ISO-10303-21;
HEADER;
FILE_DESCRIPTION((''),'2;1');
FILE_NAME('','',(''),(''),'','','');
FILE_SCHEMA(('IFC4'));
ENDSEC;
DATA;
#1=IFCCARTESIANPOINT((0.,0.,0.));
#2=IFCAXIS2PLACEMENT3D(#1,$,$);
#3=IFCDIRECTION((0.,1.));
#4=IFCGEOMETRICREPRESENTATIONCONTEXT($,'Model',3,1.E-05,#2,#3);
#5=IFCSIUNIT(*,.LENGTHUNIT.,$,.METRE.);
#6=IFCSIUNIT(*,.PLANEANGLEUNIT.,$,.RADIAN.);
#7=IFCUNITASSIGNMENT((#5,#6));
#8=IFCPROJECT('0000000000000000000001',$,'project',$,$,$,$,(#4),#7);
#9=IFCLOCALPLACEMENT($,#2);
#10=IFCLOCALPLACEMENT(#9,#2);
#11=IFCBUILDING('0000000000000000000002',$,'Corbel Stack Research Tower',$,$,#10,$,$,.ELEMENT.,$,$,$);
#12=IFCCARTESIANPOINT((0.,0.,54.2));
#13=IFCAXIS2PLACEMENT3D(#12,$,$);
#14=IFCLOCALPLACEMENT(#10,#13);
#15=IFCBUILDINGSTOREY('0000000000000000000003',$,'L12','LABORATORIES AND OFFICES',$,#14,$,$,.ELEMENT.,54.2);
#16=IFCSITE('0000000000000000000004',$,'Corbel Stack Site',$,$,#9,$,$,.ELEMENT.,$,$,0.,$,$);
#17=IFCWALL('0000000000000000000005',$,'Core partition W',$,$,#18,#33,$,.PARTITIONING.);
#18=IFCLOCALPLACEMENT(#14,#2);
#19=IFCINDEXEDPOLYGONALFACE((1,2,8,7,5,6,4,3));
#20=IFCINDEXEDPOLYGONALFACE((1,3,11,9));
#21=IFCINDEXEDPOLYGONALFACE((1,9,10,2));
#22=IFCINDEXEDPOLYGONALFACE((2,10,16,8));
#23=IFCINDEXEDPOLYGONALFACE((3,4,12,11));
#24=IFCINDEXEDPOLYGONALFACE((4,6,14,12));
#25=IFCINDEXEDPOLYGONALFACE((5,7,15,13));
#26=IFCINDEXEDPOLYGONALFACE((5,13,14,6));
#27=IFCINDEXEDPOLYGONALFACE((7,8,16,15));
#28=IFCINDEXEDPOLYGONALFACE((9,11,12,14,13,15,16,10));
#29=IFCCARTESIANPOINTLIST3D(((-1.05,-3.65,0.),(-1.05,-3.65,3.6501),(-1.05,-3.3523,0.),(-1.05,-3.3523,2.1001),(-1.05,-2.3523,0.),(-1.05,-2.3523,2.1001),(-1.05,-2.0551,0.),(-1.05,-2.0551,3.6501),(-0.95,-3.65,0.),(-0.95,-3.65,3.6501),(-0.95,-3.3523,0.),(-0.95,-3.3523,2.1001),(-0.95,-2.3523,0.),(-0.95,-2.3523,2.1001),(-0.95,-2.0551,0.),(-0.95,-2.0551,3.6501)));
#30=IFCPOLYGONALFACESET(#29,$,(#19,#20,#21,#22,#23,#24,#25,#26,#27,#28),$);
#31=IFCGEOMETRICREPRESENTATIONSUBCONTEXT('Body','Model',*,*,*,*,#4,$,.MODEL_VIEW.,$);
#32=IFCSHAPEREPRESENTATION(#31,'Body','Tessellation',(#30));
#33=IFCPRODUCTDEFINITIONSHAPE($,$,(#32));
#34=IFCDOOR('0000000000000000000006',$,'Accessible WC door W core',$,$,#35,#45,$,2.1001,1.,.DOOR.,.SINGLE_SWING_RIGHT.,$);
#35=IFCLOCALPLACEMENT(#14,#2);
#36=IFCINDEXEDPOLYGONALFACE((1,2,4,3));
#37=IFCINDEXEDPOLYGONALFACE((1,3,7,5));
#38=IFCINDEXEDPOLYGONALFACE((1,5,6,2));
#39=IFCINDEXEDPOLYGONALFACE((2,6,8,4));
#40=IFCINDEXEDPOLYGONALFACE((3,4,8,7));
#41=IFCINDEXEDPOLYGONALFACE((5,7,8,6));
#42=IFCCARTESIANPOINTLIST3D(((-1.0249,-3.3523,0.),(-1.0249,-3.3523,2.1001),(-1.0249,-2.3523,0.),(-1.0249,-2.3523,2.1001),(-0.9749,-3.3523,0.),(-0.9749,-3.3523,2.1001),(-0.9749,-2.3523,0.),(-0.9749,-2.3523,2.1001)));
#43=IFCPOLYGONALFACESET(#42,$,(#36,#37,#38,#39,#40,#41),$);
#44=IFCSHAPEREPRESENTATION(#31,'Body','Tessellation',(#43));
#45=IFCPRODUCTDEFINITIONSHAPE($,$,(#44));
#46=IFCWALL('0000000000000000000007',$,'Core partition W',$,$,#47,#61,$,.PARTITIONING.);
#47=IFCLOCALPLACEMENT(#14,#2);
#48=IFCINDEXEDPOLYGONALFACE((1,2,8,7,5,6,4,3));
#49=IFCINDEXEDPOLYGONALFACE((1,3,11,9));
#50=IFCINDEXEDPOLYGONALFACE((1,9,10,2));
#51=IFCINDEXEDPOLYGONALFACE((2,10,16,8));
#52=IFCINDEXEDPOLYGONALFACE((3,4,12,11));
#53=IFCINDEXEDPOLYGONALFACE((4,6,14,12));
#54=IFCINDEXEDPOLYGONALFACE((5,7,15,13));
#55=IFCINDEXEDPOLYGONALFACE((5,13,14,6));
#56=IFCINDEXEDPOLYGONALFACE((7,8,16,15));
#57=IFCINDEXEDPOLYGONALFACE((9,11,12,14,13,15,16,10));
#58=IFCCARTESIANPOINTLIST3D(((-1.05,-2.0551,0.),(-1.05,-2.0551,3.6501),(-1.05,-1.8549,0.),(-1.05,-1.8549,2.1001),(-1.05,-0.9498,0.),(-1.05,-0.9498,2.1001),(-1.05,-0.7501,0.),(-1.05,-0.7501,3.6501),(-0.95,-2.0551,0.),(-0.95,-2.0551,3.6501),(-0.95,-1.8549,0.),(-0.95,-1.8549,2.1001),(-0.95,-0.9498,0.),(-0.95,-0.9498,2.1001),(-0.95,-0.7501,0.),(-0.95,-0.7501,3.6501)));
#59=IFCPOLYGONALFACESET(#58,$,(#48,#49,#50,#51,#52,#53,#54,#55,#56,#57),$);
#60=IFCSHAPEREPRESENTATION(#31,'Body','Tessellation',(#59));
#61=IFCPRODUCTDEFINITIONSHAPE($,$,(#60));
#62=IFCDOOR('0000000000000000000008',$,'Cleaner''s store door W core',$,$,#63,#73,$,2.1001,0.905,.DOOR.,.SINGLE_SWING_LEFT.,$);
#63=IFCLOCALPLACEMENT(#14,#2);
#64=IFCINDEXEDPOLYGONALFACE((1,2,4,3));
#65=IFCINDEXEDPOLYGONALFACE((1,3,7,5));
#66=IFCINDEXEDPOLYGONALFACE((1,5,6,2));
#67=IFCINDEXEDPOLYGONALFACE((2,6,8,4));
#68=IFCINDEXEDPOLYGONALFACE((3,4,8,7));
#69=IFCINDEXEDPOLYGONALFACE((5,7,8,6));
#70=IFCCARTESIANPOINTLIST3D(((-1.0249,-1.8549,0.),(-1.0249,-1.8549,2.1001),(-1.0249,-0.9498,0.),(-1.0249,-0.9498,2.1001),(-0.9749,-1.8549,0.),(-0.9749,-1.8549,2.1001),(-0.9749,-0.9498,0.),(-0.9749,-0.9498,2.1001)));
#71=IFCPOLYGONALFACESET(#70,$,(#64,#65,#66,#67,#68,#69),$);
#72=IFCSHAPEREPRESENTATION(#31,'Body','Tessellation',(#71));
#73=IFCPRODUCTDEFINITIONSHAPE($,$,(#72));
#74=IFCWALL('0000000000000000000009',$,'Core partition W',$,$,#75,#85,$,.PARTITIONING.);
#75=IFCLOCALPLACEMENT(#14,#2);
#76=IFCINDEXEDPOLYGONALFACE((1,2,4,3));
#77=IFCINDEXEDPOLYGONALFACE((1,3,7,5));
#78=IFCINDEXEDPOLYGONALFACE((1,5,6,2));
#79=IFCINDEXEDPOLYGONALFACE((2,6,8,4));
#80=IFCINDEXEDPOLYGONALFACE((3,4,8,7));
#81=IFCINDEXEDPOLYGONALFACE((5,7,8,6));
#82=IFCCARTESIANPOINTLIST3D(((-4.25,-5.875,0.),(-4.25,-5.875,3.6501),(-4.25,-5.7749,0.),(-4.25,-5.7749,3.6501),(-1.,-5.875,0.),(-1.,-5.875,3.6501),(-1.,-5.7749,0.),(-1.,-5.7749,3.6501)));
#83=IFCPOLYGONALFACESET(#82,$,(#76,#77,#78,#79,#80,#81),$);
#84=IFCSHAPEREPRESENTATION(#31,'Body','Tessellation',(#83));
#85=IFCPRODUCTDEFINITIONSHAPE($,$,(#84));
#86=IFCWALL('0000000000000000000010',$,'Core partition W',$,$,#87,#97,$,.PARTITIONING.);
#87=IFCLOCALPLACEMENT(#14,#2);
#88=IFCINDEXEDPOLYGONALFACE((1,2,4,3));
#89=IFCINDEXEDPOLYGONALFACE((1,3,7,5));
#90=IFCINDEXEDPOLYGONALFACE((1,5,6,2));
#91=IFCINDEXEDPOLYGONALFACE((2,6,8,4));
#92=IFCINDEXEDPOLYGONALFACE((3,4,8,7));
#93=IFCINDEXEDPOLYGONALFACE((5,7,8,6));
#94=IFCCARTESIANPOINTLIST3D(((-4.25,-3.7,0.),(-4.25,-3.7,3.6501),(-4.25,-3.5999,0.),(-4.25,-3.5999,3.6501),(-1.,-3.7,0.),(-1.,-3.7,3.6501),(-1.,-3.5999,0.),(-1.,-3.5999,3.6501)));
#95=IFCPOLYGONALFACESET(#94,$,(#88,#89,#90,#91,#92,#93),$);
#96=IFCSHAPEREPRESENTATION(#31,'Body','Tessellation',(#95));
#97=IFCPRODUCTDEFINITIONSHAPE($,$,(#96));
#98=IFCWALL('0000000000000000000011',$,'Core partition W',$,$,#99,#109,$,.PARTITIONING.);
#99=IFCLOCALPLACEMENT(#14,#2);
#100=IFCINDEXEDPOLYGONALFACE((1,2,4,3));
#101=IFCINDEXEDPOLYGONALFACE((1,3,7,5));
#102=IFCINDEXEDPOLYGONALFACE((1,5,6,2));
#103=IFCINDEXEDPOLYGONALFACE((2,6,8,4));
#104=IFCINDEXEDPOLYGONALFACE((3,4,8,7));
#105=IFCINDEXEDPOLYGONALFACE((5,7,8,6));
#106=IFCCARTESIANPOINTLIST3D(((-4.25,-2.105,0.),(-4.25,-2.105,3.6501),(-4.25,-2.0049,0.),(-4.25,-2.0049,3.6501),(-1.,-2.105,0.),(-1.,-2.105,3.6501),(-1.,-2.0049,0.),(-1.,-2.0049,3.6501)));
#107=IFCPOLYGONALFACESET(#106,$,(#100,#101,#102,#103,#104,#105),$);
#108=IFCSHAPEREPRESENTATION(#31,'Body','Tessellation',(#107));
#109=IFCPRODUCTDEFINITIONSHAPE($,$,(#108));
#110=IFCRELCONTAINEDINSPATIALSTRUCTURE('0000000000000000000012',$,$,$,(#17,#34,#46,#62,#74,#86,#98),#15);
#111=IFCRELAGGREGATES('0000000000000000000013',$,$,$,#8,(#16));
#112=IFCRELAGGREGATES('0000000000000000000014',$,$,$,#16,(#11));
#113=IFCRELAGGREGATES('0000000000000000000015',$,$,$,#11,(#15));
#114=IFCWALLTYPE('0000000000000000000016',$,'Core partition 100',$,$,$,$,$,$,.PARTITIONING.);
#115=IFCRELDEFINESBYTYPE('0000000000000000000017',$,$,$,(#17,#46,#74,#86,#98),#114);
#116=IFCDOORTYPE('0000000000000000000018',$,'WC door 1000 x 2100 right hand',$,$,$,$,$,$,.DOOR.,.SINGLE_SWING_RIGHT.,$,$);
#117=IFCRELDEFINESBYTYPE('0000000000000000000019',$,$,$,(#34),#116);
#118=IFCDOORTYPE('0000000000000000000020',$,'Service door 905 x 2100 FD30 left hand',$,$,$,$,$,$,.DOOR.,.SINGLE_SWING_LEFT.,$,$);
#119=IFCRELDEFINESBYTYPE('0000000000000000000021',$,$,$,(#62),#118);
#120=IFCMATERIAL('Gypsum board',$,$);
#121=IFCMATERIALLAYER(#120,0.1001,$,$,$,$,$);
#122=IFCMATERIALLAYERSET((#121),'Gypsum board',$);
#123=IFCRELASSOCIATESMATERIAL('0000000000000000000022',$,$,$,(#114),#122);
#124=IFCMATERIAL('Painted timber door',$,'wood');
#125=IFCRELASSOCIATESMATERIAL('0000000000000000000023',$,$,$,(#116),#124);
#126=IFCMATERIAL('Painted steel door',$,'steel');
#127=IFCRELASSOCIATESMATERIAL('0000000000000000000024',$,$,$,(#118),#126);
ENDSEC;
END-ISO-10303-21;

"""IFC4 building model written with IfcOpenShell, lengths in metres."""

from ifc_helpers import new_model, si_unit, direction, frame, frame_2d, origin, place, context, subcontext, project, spatial, rectangle, extrude, material, layer, layer_set, type_object, element, fill, save


model = new_model("IFC4")

# Units and contexts
model_context = context("Model", 3, precision=1e-05, world=origin(), true_north=direction((0.0, 1.0)))
body_context = subcontext(model_context, "Body", "Model", "MODEL_VIEW")
ifc_project = project(units=[si_unit("LENGTHUNIT", "METRE"), si_unit("PLANEANGLEUNIT", "RADIAN")], contexts=[model_context])

# Site, building, storey
site_placement = place(None, origin())
site = spatial("IfcSite", under=ifc_project, at=site_placement, Name="Corbel Stack Site", CompositionType="ELEMENT", RefElevation=0.0)
building_placement = place(site_placement, origin())
building = spatial("IfcBuilding", under=site, at=building_placement, Name="Corbel Stack Research Tower", CompositionType="ELEMENT")
storey_placement = place(building_placement, frame((0.0, 0.0, 54.2)))
storey = spatial("IfcBuildingStorey", under=building, at=storey_placement, Name="L12", Description="LABORATORIES AND OFFICES", CompositionType="ELEMENT", Elevation=54.2)

# Walls, openings, doors
ifc_material_1 = material(Name="Gypsum board")
ifc_layer_1 = layer(ifc_material_1, 0.1001)
ifc_layer_set_1 = layer_set([ifc_layer_1], Name="Gypsum board")
wall_type_1 = type_object("IfcWallType", Name="Core partition 100", PredefinedType="PARTITIONING", material=ifc_layer_set_1)
ifc_material_2 = material(Name="Painted timber door", Category="wood")
door_type_1 = type_object("IfcDoorType", Name="WC door 1000 x 2100 right hand", OperationType="SINGLE_SWING_RIGHT", PredefinedType="DOOR", material=ifc_material_2)
wall_1_placement = place(storey_placement, frame((-1.0, -3.6499, 0.0), z_axis=(0.0, 0.0, 1.0), x_axis=(0.0, 1.0, 0.0)))
wall_1 = element("IfcWall", 1, at=wall_1_placement, inside=storey, type_object=wall_type_1, Name="Core partition W", PredefinedType="PARTITIONING", context=body_context, shape_type="SweptSolid", body=[
    extrude(rectangle(XDim=1.595, YDim=0.1001, at=frame_2d((0.7974, 0.0))), origin(), (0.0, 0.0, 1.0), 3.6501),
])
opening_1_placement = place(wall_1_placement, frame((0.2976, 0.0, 0.0)))
opening_1 = element("IfcOpeningElement", 2, at=opening_1_placement, cuts=wall_1, PredefinedType="OPENING", context=body_context, shape_type="SweptSolid", body=[
    extrude(rectangle(XDim=1.0, YDim=2.1001, at=frame_2d((0.5, 1.05))), frame((0.0, 0.0601, 0.0), z_axis=(0.0, -1.0, 0.0), x_axis=(1.0, 0.0, 0.0)), (0.0, 0.0, 1.0), 0.1201),
])
door_1_placement = place(opening_1_placement, origin())
door_1 = element("IfcDoor", 3, at=door_1_placement, inside=storey, type_object=door_type_1, Name="Accessible WC door W core", OperationType="SINGLE_SWING_RIGHT", OverallHeight=2.1001, OverallWidth=1.0, PredefinedType="DOOR", context=body_context, shape_type="SweptSolid", body=[
    extrude(rectangle(XDim=1.0, YDim=2.1001, at=frame_2d((0.5, 1.05))), frame((0.0, 0.0249, 0.0), z_axis=(0.0, -1.0, 0.0), x_axis=(1.0, 0.0, 0.0)), (0.0, 0.0, 1.0), 0.05),
])
fill(opening_1, door_1)
wall_2_placement = place(storey_placement, frame((-1.0, -2.0549, 0.0), z_axis=(0.0, 0.0, 1.0), x_axis=(0.0, 1.0, 0.0)))
wall_2 = element("IfcWall", 4, at=wall_2_placement, inside=storey, type_object=wall_type_1, Name="Core partition W", PredefinedType="PARTITIONING", context=body_context, shape_type="SweptSolid", body=[
    extrude(rectangle(XDim=1.3049, YDim=0.1001, at=frame_2d((0.6523, 0.0))), origin(), (0.0, 0.0, 1.0), 3.6501),
])
opening_2_placement = place(wall_2_placement, frame((0.2, 0.0, 0.0)))
opening_2 = element("IfcOpeningElement", 5, at=opening_2_placement, cuts=wall_2, PredefinedType="OPENING", context=body_context, shape_type="SweptSolid", body=[
    extrude(rectangle(XDim=0.905, YDim=2.1001, at=frame_2d((0.4526, 1.05))), frame((0.0, 0.0601, 0.0), z_axis=(0.0, -1.0, 0.0), x_axis=(1.0, 0.0, 0.0)), (0.0, 0.0, 1.0), 0.1201),
])
ifc_material_3 = material(Name="Painted steel door", Category="steel")
door_type_2 = type_object("IfcDoorType", Name="Service door 905 x 2100 FD30 left hand", OperationType="SINGLE_SWING_LEFT", PredefinedType="DOOR", material=ifc_material_3)
door_2_placement = place(opening_2_placement, origin())
door_2 = element("IfcDoor", 6, at=door_2_placement, inside=storey, type_object=door_type_2, Name="Cleaner's store door W core", OperationType="SINGLE_SWING_LEFT", OverallHeight=2.1001, OverallWidth=0.905, PredefinedType="DOOR", context=body_context, shape_type="SweptSolid", body=[
    extrude(rectangle(XDim=0.905, YDim=2.1001, at=frame_2d((0.4526, 1.05))), frame((0.0, 0.0249, 0.0), z_axis=(0.0, -1.0, 0.0), x_axis=(1.0, 0.0, 0.0)), (0.0, 0.0, 1.0), 0.05),
])
fill(opening_2, door_2)

# Walls
for number, where, z_axis, x_axis, name in (
    (7, (-4.25, -5.825, 0.0), (0.0, 0.0, 1.0), (1.0, 0.0, 0.0), "Core partition W"),
    (8, (-4.25, -3.6499, 0.0), (0.0, 0.0, 1.0), (1.0, 0.0, 0.0), "Core partition W"),
    (9, (-4.25, -2.0549, 0.0), (0.0, 0.0, 1.0), (1.0, 0.0, 0.0), "Core partition W"),
):
    element("IfcWall", number, at=place(storey_placement, frame(where, z_axis=z_axis, x_axis=x_axis)), inside=storey, type_object=wall_type_1, Name=name, PredefinedType="PARTITIONING", context=body_context, shape_type="SweptSolid", body=[
        extrude(rectangle(XDim=3.25, YDim=0.1001, at=frame_2d((1.625, 0.0))), origin(), (0.0, 0.0, 1.0), 3.6501),
    ])

save(model, "model.ifc")
